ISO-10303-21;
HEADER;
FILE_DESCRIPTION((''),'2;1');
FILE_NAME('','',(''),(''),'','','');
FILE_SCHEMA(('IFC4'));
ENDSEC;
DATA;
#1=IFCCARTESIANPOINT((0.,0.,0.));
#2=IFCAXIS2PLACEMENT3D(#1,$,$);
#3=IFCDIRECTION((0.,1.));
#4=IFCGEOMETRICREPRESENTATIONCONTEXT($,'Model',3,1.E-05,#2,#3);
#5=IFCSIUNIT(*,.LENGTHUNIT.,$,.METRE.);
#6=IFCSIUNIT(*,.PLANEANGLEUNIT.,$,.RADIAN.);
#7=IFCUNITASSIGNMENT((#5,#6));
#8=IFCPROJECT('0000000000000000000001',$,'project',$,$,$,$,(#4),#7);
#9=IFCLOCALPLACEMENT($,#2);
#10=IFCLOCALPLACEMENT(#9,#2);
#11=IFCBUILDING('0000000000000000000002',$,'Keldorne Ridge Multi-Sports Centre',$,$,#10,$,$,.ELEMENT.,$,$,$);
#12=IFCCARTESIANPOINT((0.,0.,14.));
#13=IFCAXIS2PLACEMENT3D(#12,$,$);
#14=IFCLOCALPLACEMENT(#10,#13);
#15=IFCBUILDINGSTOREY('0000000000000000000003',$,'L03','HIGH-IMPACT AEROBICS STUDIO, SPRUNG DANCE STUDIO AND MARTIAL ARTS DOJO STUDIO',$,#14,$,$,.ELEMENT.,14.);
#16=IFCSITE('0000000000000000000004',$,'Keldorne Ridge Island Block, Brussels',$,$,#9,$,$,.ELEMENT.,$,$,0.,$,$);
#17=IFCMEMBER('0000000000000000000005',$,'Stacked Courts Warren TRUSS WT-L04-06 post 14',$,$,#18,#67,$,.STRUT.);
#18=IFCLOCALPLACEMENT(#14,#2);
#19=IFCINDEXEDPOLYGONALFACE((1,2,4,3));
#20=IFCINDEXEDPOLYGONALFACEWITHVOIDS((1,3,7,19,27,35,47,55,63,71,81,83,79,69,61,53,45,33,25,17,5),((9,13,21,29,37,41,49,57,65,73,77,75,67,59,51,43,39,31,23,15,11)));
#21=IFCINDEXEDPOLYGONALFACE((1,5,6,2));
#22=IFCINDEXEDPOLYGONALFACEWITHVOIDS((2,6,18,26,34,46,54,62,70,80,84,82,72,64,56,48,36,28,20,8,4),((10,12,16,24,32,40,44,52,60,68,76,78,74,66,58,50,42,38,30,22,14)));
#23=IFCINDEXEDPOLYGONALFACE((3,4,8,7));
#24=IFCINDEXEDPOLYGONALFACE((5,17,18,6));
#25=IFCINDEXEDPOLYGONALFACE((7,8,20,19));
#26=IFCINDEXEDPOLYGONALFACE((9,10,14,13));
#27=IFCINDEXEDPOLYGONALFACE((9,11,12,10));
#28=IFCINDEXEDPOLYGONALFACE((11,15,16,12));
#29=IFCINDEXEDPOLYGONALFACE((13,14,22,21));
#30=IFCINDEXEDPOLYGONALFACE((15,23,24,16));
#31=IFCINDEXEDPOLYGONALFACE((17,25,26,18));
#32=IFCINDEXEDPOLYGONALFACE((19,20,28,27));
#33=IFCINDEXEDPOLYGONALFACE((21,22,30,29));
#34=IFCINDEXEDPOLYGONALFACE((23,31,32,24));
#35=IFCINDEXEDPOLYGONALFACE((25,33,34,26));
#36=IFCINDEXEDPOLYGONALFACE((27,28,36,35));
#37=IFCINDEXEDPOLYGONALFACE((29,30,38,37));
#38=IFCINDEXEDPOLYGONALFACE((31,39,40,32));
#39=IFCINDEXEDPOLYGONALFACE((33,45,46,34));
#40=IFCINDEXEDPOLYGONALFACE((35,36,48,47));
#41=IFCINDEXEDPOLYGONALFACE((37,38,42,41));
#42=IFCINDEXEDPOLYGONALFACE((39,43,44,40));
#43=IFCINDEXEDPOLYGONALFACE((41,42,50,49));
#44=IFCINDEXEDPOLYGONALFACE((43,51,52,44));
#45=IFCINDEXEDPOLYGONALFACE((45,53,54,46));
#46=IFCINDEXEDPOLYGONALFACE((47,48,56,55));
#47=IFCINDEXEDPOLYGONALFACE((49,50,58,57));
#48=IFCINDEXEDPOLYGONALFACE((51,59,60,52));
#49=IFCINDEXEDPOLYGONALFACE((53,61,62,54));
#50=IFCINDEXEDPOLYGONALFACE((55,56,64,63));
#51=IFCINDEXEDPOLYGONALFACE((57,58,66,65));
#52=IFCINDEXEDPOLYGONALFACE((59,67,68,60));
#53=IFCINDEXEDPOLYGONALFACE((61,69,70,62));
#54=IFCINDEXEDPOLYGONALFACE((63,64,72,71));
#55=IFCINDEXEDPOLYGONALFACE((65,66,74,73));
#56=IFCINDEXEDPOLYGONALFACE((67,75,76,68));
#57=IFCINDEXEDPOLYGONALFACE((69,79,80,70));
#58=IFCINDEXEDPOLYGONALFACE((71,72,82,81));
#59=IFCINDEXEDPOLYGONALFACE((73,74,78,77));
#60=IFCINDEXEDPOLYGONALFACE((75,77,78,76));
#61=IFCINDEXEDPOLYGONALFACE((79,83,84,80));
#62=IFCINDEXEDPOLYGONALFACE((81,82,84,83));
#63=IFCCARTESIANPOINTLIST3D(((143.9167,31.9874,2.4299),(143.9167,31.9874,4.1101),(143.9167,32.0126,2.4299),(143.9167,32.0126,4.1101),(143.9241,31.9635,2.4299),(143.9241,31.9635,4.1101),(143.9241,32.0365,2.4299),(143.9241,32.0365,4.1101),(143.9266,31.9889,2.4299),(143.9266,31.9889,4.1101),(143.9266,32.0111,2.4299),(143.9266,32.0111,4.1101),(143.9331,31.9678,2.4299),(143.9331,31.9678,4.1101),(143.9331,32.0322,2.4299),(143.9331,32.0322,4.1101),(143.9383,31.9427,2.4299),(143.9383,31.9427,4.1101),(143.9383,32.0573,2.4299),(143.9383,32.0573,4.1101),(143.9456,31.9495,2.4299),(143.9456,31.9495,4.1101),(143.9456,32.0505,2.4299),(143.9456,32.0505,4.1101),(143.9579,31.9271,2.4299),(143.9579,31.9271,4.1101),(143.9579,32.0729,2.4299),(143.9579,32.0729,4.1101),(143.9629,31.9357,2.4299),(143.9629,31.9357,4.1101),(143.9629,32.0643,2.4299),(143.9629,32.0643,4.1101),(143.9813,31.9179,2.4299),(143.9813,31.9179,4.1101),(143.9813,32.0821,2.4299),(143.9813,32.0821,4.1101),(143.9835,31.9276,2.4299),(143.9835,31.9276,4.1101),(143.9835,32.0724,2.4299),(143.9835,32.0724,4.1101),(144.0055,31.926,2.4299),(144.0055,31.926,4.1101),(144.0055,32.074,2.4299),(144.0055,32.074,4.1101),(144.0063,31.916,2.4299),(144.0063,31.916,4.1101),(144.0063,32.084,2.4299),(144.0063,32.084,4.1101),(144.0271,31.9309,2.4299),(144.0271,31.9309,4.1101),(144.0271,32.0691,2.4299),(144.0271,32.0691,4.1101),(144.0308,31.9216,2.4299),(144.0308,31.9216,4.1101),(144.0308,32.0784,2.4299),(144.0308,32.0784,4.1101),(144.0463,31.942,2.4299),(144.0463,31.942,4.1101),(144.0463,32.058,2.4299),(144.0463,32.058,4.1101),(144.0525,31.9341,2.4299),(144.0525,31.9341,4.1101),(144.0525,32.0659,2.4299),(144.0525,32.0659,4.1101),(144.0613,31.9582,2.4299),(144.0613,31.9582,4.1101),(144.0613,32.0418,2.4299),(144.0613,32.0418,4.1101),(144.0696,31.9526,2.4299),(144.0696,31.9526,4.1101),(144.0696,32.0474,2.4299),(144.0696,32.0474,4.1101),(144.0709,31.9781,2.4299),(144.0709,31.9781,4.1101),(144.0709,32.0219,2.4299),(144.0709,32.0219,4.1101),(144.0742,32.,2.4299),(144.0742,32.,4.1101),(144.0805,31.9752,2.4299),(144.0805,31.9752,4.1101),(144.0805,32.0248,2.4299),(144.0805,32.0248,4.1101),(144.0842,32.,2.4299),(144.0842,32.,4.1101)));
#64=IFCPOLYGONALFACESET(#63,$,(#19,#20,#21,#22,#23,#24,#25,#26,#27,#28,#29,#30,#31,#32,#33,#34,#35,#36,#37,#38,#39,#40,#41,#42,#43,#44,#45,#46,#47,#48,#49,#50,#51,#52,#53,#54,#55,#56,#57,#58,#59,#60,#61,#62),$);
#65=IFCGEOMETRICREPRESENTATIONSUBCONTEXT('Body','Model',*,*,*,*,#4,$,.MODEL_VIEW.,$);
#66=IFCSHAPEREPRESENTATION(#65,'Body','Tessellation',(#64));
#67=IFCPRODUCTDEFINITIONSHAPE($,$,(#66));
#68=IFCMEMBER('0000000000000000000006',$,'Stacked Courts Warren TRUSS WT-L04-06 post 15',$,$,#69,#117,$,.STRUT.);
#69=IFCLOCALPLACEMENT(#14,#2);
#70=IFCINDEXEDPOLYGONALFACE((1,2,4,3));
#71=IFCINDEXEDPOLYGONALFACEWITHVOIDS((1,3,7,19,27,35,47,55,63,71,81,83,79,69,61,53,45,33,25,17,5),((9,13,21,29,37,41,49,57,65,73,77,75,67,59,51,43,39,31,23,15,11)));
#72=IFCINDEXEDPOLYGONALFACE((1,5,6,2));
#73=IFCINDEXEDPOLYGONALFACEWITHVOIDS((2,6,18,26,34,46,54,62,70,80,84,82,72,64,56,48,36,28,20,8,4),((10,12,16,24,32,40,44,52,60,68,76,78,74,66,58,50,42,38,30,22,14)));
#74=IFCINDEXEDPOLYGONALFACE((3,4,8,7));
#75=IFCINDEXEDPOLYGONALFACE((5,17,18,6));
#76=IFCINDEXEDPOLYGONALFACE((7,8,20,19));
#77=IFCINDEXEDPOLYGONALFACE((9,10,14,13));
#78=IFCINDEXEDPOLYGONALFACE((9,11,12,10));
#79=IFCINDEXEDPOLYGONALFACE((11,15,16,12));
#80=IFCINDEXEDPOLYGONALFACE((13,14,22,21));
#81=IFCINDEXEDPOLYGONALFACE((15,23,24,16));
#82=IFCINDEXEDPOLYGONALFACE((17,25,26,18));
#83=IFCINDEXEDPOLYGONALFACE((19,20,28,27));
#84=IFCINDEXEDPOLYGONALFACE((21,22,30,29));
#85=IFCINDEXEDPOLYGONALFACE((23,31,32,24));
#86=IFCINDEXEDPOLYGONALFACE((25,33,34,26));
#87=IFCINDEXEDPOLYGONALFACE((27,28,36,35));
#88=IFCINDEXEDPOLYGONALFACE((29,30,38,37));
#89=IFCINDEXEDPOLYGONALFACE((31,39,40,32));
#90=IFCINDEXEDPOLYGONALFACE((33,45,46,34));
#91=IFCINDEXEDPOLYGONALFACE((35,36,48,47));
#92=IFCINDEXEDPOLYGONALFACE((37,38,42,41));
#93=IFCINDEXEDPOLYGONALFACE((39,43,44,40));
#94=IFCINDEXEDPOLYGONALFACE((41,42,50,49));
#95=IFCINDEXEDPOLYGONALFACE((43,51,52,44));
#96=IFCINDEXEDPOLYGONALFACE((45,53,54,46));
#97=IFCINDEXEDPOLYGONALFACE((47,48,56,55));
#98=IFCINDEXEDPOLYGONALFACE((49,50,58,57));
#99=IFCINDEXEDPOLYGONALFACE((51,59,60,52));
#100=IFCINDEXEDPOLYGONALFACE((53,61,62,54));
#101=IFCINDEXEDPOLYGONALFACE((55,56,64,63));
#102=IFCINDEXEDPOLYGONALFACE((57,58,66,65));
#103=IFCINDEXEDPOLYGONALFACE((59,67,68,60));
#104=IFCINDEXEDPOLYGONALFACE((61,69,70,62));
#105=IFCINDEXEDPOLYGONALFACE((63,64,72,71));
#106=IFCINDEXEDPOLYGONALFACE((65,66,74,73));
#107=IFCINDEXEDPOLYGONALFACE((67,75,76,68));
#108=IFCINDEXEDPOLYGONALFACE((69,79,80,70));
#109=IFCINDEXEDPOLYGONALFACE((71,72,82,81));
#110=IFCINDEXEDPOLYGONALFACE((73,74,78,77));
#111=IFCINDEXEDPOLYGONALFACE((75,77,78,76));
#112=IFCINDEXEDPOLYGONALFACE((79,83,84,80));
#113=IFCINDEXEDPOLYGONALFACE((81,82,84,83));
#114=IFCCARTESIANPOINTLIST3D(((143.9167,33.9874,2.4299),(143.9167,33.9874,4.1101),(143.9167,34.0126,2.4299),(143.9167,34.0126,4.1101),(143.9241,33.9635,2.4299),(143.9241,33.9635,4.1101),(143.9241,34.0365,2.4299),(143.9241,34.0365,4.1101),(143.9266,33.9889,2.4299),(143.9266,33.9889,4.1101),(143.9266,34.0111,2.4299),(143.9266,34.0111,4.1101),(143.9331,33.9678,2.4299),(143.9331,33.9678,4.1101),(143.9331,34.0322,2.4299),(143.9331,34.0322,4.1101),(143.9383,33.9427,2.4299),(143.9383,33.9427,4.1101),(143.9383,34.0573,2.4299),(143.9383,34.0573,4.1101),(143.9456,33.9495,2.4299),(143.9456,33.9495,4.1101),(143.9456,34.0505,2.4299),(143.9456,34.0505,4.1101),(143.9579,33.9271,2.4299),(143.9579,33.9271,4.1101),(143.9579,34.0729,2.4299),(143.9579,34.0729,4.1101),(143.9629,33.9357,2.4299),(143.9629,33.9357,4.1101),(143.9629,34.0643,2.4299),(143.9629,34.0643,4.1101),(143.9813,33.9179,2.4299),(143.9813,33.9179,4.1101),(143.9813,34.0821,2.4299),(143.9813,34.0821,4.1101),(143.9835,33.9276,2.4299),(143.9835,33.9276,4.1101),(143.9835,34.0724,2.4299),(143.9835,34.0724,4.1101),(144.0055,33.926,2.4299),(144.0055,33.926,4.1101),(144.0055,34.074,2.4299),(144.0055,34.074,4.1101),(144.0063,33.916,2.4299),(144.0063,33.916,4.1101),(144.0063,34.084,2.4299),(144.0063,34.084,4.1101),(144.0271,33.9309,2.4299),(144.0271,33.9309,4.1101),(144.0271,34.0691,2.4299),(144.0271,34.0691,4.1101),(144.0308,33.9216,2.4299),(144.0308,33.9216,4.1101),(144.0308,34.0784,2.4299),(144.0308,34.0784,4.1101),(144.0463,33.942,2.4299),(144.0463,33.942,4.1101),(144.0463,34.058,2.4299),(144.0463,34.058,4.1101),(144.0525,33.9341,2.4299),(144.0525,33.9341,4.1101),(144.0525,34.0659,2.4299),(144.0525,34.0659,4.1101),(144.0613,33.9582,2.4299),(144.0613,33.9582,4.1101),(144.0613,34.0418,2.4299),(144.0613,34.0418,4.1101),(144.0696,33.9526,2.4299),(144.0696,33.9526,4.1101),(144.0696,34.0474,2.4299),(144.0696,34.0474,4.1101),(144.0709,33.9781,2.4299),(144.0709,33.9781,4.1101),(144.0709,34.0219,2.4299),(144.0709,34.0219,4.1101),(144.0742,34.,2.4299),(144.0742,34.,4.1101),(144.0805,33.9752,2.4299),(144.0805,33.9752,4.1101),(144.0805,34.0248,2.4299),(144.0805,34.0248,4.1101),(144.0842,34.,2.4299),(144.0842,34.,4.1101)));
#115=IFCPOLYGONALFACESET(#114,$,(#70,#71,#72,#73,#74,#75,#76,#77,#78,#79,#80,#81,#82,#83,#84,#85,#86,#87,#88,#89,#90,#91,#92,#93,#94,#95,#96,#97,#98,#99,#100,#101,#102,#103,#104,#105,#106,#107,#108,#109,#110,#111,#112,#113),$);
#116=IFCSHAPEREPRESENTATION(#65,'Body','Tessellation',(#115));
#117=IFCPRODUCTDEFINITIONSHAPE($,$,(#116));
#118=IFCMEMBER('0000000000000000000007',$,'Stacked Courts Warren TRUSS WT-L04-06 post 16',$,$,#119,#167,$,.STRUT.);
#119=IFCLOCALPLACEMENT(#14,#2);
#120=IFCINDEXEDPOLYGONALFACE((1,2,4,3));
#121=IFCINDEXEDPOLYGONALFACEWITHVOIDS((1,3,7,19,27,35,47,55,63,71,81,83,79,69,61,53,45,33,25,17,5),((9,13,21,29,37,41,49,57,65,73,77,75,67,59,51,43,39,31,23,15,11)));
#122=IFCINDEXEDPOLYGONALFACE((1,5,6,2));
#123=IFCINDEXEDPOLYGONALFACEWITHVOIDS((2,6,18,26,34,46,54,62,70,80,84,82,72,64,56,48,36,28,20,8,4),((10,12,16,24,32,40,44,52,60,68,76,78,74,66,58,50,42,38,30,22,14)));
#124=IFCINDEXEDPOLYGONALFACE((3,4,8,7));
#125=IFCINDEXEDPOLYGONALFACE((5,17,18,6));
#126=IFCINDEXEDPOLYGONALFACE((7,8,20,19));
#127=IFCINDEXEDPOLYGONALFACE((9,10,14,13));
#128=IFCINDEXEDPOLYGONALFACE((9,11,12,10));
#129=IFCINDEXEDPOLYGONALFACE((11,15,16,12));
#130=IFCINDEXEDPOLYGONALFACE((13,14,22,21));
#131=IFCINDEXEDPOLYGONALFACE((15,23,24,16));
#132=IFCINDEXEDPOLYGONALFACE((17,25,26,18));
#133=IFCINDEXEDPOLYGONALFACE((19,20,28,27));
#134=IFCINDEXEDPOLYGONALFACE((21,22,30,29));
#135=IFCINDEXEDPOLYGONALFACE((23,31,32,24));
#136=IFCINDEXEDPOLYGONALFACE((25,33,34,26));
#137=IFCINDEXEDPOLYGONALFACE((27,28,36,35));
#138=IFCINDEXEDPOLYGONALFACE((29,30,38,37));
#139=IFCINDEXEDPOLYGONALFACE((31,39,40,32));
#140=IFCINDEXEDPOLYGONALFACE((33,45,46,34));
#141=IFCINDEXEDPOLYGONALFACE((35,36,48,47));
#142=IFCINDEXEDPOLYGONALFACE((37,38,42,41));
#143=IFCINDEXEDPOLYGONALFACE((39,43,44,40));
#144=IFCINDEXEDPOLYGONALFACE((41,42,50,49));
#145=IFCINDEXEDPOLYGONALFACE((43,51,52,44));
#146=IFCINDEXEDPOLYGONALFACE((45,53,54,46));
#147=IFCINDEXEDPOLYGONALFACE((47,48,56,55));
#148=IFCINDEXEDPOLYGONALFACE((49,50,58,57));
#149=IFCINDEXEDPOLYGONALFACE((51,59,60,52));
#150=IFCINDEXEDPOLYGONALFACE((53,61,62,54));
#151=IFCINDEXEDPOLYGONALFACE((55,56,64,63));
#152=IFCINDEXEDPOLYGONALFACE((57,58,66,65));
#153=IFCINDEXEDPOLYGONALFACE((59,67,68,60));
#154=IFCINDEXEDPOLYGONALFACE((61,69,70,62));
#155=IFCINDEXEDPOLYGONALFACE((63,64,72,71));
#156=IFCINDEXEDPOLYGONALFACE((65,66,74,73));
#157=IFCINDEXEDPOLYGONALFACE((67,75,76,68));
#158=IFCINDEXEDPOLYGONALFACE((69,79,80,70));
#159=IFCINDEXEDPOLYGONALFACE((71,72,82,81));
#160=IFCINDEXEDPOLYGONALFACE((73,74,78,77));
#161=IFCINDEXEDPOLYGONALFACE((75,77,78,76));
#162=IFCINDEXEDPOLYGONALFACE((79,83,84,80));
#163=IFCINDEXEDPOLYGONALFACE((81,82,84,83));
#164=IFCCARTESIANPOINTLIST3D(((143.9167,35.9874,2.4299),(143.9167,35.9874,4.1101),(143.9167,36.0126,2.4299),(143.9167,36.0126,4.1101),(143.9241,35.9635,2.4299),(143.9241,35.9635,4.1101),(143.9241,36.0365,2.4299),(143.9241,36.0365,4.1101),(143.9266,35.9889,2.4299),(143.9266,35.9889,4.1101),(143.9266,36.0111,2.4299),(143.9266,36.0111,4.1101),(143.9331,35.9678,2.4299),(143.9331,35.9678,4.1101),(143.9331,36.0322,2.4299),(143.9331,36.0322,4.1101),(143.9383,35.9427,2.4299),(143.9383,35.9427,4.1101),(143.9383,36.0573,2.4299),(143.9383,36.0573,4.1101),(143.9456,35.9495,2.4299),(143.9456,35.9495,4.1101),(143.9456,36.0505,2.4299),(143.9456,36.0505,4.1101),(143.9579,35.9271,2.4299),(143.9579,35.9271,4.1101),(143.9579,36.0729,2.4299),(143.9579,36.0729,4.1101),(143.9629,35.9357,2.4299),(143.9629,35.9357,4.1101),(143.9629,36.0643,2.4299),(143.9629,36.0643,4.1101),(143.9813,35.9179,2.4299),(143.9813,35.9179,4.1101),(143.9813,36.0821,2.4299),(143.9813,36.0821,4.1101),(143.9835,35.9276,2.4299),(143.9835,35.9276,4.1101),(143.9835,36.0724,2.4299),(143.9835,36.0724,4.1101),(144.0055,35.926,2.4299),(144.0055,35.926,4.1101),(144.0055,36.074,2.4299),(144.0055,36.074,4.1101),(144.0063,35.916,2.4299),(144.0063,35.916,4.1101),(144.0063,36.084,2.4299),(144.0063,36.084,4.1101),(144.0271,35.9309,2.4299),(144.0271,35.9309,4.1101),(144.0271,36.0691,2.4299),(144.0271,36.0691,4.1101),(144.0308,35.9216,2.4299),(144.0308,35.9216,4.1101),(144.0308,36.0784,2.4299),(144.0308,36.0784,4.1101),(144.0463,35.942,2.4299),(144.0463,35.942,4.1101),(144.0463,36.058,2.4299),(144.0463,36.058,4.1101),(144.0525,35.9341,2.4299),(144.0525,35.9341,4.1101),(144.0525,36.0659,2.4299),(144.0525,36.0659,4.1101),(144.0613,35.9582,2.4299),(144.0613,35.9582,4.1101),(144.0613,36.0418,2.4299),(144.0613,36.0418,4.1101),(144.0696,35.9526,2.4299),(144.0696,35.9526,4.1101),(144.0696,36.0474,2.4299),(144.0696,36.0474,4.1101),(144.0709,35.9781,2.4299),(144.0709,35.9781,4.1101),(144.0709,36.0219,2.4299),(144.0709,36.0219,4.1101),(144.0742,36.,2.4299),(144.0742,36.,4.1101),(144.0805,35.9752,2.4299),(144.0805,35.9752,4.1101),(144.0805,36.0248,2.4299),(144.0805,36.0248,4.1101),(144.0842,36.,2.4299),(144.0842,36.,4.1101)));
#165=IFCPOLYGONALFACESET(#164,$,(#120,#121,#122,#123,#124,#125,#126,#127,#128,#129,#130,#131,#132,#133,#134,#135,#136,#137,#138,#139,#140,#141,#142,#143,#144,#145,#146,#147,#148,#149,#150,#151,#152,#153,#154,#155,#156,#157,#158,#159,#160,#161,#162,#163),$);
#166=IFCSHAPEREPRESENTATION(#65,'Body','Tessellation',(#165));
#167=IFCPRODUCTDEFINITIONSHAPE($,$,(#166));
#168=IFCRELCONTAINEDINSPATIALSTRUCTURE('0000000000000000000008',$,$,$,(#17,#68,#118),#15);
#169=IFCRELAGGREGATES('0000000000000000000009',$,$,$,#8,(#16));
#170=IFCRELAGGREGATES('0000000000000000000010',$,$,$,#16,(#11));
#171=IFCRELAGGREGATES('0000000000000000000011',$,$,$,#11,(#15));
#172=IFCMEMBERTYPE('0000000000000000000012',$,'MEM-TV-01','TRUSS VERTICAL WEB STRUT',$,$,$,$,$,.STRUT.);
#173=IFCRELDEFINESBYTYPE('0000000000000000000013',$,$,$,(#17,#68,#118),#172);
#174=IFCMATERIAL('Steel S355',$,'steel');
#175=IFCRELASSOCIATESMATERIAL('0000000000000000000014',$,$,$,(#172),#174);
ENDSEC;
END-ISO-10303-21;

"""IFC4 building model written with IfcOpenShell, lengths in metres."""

from ifc_helpers import new_model, si_unit, direction, frame, origin, origin_2d, place, context, subcontext, project, spatial, hollow_circle, extrude, material, material_profile, profile_set, type_object, element, save


model = new_model("IFC4")

# Units and contexts
model_context = context("Model", 3, precision=1e-05, world=origin(), true_north=direction((0.0, 1.0)))
body_context = subcontext(model_context, "Body", "Model", "MODEL_VIEW")
ifc_project = project(units=[si_unit("LENGTHUNIT", "METRE"), si_unit("PLANEANGLEUNIT", "RADIAN")], contexts=[model_context])

# Site, building, storey
site_placement = place(None, origin())
site = spatial("IfcSite", under=ifc_project, at=site_placement, Name="Keldorne Ridge Island Block, Brussels", CompositionType="ELEMENT", RefElevation=0.0)
building_placement = place(site_placement, origin())
building = spatial("IfcBuilding", under=site, at=building_placement, Name="Keldorne Ridge Multi-Sports Centre", CompositionType="ELEMENT")
storey_placement = place(building_placement, frame((0.0, 0.0, 14.0)))
storey = spatial("IfcBuildingStorey", under=building, at=storey_placement, Name="L03", Description="HIGH-IMPACT AEROBICS STUDIO, SPRUNG DANCE STUDIO AND MARTIAL ARTS DOJO STUDIO", CompositionType="ELEMENT", Elevation=14.0)

# Members
ifc_material = material(Name="Steel S355", Category="steel")
ifc_material_profile_1 = material_profile(ifc_material, hollow_circle(Radius=0.0842, WallThickness=0.01, at=origin_2d()), Name="CHS 168.3x10")
ifc_profile_set_1 = profile_set([ifc_material_profile_1], Name="Steel S355")
member_type_1 = type_object("IfcMemberType", Name="MEM-TV-01", Description="TRUSS VERTICAL WEB STRUT", PredefinedType="STRUT", material=ifc_profile_set_1)
for number, where, z_axis, x_axis, name in (
    (1, (144.0, 32.0, 2.4299), (0.0, 0.0, 1.0), (1.0, 0.0, 0.0), "Stacked Courts Warren TRUSS WT-L04-06 post 14"),
    (2, (144.0, 34.0, 2.4299), (0.0, 0.0, 1.0), (1.0, 0.0, 0.0), "Stacked Courts Warren TRUSS WT-L04-06 post 15"),
    (3, (144.0, 36.0, 2.4299), (0.0, 0.0, 1.0), (1.0, 0.0, 0.0), "Stacked Courts Warren TRUSS WT-L04-06 post 16"),
):
    element("IfcMember", number, at=place(storey_placement, frame(where, z_axis=z_axis, x_axis=x_axis)), inside=storey, type_object=member_type_1, Name=name, PredefinedType="STRUT", context=body_context, shape_type="SweptSolid", body=[
        extrude(hollow_circle(Radius=0.0842, WallThickness=0.01, at=origin_2d()), origin(), (0.0, 0.0, 1.0), 1.6802),
    ])

save(model, "model.ifc")
